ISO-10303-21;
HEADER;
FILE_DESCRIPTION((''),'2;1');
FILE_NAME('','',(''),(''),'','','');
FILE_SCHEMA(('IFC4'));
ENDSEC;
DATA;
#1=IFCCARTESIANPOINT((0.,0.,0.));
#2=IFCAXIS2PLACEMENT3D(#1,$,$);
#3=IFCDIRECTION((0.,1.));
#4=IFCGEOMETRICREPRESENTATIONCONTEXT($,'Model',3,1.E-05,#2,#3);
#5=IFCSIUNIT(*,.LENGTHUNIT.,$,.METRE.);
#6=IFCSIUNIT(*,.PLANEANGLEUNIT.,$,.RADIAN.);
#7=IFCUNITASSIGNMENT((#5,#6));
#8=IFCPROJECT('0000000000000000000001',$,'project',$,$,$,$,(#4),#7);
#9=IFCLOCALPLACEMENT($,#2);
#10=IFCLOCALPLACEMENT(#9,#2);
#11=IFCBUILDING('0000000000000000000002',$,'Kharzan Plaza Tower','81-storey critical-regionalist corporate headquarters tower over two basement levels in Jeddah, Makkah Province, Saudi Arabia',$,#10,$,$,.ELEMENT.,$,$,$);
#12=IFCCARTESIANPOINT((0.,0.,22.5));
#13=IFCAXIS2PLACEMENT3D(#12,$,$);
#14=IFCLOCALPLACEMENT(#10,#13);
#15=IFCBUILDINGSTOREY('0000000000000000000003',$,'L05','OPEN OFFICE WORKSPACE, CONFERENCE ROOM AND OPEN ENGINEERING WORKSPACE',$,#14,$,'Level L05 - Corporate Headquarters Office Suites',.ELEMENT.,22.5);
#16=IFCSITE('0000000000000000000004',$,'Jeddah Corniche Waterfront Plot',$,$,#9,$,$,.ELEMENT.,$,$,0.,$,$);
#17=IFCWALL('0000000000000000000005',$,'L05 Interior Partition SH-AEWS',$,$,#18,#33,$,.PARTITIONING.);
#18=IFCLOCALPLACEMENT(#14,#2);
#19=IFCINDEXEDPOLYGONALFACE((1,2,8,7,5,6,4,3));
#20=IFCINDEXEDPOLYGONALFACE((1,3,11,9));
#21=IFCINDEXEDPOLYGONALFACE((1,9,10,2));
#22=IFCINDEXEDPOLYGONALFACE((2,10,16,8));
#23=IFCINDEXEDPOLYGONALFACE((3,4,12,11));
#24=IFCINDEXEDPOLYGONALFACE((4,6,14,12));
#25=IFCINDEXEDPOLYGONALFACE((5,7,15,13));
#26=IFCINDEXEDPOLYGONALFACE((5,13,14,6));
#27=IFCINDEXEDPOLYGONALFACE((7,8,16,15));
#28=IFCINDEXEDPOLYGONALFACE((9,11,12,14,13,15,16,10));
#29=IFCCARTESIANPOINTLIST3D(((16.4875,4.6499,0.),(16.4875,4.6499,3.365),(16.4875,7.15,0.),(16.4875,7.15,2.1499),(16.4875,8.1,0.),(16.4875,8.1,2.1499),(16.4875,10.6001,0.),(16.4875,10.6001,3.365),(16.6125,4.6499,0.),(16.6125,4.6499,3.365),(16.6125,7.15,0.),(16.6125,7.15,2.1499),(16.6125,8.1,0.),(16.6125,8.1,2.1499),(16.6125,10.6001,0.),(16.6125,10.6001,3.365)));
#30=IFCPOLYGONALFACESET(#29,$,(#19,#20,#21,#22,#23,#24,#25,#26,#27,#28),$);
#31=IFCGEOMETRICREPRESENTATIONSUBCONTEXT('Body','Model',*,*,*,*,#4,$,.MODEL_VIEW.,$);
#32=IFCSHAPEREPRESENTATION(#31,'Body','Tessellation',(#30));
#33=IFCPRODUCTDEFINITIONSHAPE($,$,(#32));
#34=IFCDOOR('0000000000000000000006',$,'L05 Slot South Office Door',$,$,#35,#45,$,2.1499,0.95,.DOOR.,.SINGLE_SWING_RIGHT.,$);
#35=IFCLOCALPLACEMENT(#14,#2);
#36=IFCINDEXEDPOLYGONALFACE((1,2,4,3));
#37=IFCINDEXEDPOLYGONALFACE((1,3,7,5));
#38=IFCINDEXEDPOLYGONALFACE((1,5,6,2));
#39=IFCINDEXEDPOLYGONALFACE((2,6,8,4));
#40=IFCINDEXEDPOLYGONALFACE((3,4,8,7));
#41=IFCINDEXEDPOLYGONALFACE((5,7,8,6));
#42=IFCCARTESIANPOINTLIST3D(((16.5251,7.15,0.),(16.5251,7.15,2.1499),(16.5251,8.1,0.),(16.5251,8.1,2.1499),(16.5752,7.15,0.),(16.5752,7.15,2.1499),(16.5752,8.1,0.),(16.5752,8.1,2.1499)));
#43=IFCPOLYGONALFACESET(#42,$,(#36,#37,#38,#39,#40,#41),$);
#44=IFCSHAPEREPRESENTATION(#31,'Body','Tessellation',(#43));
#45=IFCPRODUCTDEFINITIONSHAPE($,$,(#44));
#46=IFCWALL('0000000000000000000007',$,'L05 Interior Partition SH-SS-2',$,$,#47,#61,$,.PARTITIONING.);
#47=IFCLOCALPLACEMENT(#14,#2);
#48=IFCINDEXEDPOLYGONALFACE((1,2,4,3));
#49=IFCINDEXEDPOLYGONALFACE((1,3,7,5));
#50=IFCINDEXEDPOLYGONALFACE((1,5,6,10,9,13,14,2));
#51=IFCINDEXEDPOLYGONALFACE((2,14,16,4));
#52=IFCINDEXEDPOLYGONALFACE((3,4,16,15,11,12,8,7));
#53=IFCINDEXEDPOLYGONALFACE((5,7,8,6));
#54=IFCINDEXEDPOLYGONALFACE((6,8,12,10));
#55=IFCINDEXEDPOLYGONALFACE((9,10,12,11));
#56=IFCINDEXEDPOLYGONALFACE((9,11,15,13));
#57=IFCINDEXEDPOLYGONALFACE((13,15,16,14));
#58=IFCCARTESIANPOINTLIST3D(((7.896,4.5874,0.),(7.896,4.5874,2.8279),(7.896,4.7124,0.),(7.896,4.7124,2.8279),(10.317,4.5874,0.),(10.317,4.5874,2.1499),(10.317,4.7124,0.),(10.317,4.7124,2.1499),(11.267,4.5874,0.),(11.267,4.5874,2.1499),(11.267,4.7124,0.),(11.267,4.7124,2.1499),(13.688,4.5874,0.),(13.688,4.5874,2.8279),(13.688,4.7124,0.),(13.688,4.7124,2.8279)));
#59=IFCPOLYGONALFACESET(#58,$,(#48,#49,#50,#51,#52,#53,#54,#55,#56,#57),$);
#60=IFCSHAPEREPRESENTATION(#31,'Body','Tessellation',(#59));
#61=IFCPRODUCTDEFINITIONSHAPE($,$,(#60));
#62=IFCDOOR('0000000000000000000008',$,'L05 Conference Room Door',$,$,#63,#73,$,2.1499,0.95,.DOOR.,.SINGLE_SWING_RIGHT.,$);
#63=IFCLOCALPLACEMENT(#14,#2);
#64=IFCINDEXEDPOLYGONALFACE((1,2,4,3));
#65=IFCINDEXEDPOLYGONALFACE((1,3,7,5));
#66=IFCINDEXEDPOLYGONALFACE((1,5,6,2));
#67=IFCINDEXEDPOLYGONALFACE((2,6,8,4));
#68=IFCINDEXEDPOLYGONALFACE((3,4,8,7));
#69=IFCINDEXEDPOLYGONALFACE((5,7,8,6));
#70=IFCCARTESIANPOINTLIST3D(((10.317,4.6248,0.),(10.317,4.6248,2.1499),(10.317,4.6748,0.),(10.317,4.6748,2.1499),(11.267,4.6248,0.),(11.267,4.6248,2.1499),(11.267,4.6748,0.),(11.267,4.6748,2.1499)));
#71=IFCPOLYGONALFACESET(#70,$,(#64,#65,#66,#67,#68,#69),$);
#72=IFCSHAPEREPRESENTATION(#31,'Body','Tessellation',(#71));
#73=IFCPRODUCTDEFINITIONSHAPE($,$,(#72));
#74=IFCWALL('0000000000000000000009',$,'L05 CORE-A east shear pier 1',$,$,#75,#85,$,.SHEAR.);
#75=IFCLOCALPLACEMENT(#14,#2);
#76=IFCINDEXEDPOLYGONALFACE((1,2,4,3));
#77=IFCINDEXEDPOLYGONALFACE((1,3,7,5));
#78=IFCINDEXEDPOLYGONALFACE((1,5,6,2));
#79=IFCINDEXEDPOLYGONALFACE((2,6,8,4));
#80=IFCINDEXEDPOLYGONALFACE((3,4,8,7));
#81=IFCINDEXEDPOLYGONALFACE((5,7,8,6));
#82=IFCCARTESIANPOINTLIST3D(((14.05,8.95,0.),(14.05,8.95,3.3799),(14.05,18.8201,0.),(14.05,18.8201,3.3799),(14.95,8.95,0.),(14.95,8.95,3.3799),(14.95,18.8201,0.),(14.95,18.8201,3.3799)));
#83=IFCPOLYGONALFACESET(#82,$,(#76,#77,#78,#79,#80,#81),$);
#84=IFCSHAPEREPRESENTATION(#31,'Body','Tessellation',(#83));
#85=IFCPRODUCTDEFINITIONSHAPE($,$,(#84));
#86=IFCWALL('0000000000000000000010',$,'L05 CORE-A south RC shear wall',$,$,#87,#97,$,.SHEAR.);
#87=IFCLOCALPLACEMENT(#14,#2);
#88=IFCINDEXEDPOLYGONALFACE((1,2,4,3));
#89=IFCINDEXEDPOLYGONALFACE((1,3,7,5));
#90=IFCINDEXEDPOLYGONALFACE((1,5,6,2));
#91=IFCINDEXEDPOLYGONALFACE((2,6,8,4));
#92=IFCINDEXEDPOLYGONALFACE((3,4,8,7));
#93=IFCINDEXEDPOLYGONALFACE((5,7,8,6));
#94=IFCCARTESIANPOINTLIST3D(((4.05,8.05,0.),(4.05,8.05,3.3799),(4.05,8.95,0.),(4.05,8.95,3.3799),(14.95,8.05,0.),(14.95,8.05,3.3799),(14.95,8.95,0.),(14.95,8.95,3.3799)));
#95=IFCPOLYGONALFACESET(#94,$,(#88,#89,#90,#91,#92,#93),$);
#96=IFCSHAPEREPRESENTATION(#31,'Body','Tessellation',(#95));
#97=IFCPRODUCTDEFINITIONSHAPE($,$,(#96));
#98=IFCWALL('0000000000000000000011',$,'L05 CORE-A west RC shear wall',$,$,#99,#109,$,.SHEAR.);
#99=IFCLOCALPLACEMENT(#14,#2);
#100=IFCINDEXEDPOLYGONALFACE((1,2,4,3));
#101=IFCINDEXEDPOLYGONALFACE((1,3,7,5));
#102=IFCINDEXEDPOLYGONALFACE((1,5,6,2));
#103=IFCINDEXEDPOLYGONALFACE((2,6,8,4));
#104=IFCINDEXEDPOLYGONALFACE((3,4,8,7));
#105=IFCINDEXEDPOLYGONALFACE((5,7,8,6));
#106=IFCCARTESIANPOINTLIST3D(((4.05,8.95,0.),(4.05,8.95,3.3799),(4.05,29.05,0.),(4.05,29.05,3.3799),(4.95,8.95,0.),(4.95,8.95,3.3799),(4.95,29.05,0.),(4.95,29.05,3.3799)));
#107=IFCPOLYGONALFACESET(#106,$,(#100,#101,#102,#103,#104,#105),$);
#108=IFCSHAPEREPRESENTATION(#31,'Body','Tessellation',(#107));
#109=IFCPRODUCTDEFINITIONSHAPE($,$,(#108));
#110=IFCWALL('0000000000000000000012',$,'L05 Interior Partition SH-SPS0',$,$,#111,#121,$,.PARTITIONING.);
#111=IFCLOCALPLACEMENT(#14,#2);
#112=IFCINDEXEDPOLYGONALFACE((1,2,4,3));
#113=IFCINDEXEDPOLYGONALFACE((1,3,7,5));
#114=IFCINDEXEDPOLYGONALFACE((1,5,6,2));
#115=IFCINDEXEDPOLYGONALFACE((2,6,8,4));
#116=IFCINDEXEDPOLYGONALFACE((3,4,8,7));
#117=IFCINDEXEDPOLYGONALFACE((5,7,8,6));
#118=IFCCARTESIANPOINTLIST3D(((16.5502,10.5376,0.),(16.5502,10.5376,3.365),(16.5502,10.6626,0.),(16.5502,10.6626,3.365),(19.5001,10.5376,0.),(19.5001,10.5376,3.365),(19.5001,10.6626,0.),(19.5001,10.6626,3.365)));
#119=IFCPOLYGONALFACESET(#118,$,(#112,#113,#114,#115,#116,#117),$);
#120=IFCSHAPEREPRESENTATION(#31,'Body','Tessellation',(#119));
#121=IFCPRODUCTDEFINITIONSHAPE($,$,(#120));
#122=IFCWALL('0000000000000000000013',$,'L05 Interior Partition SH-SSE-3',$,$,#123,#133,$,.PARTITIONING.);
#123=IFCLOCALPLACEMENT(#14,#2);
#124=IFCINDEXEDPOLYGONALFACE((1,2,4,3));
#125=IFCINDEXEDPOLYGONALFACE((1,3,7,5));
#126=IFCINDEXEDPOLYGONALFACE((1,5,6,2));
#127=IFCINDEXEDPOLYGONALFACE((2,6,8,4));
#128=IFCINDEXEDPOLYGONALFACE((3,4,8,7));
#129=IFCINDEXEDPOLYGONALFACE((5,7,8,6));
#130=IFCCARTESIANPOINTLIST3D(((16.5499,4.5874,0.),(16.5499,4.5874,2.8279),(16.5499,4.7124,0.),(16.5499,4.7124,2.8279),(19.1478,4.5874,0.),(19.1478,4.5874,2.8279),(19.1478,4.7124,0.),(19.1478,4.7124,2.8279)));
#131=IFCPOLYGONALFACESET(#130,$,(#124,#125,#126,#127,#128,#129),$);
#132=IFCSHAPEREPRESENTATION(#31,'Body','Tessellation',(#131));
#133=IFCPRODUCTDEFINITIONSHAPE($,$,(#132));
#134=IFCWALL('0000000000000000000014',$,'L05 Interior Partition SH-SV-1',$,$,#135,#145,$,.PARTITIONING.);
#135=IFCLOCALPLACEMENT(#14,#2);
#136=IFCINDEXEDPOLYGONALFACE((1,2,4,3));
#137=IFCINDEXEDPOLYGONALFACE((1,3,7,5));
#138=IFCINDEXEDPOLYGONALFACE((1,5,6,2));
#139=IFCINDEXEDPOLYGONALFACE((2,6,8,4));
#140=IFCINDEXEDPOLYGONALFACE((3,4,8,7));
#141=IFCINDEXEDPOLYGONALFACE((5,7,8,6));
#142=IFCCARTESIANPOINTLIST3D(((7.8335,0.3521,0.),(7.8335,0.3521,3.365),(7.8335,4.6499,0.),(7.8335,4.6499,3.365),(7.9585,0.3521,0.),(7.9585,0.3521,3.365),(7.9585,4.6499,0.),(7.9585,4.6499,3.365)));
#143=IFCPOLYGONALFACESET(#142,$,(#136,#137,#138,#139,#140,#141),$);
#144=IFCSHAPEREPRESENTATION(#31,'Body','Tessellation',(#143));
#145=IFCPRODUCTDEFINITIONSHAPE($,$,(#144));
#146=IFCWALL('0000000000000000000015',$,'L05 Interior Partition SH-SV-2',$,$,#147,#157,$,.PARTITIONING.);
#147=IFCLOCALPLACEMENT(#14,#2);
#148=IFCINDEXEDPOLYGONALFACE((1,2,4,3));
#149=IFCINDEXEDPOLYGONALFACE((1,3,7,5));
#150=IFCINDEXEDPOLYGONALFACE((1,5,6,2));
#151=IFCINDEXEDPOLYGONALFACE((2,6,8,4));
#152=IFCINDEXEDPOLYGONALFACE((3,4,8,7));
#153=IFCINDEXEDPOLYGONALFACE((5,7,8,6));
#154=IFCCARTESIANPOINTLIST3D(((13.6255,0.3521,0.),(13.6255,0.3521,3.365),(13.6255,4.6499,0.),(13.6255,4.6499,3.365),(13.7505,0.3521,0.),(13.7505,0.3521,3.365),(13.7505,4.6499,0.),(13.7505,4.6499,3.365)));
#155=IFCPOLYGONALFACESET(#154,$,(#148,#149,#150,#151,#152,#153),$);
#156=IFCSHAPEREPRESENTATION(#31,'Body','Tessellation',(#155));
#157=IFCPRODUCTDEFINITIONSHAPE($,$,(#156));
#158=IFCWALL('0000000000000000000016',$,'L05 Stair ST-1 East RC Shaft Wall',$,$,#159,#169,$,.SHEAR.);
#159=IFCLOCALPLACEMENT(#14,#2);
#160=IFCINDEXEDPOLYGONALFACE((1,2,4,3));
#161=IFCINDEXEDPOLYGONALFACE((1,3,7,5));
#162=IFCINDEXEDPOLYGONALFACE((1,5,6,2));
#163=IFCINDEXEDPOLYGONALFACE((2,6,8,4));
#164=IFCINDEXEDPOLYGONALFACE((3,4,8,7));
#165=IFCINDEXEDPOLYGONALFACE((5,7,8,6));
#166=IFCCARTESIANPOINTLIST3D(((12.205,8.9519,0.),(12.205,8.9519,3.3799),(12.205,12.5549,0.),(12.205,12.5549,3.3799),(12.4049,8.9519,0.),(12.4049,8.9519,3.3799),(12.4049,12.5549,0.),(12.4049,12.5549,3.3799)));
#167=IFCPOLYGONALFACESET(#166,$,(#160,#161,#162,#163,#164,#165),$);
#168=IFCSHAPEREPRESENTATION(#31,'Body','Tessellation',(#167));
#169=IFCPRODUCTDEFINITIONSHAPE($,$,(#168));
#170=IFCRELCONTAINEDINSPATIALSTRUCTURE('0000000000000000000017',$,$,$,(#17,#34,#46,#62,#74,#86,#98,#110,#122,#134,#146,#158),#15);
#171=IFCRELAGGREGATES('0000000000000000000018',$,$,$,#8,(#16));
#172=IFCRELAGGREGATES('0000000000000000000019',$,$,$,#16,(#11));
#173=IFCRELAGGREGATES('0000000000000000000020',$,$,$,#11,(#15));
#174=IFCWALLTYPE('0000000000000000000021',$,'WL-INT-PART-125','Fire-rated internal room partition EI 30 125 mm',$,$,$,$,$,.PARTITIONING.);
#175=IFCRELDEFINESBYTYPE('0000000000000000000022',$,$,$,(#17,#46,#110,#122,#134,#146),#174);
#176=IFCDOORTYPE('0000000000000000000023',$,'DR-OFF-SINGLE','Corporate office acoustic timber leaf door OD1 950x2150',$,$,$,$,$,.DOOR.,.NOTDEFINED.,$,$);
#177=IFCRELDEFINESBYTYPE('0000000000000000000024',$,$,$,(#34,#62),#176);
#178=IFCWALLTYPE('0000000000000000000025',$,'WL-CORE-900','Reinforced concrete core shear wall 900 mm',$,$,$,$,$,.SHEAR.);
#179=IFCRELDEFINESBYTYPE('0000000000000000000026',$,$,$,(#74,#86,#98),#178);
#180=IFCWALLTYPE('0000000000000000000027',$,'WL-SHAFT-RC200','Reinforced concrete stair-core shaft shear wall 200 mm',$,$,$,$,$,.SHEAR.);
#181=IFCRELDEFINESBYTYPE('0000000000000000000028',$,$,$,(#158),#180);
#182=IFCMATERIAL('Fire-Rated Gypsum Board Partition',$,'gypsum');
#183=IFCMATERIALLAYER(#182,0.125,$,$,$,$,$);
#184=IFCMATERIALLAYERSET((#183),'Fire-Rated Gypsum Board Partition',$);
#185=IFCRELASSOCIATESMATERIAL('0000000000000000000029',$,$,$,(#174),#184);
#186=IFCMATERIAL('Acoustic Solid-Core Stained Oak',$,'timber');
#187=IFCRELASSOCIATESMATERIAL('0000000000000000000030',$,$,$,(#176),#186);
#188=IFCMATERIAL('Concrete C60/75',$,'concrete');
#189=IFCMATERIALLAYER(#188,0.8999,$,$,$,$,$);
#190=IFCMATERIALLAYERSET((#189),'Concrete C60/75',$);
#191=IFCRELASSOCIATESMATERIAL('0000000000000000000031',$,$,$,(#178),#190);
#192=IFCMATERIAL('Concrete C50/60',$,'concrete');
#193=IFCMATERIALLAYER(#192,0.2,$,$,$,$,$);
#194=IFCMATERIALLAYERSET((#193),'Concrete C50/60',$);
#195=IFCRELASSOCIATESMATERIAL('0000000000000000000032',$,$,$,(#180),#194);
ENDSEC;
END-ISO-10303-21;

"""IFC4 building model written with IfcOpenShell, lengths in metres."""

from ifc_helpers import new_model, si_unit, direction, frame, frame_2d, origin, place, context, subcontext, project, spatial, rectangle, extrude, source, transform, mapped, material, layer, layer_set, type_object, element, fill, save


model = new_model("IFC4")

# Units and contexts
model_context = context("Model", 3, precision=1e-05, world=origin(), true_north=direction((0.0, 1.0)))
body_context = subcontext(model_context, "Body", "Model", "MODEL_VIEW")
ifc_project = project(units=[si_unit("LENGTHUNIT", "METRE"), si_unit("PLANEANGLEUNIT", "RADIAN")], contexts=[model_context])

# Site, building, storey
site_placement = place(None, origin())
site = spatial("IfcSite", under=ifc_project, at=site_placement, Name="Jeddah Corniche Waterfront Plot", CompositionType="ELEMENT", RefElevation=0.0)
building_placement = place(site_placement, origin())
building = spatial("IfcBuilding", under=site, at=building_placement, Name="Kharzan Plaza Tower", Description="81-storey critical-regionalist corporate headquarters tower over two basement levels in Jeddah, Makkah Province, Saudi Arabia", CompositionType="ELEMENT")
storey_placement = place(building_placement, frame((0.0, 0.0, 22.5)))
storey = spatial("IfcBuildingStorey", under=building, at=storey_placement, Name="L05", Description="OPEN OFFICE WORKSPACE, CONFERENCE ROOM AND OPEN ENGINEERING WORKSPACE", LongName="Level L05 - Corporate Headquarters Office Suites", CompositionType="ELEMENT", Elevation=22.5)

# Shared definitions
ifc_material_1 = material(Name="Concrete C60/75", Category="concrete")

# Walls, openings, doors
ifc_material_2 = material(Name="Fire-Rated Gypsum Board Partition", Category="gypsum")
ifc_layer_1 = layer(ifc_material_2, 0.125)
ifc_layer_set_1 = layer_set([ifc_layer_1], Name="Fire-Rated Gypsum Board Partition")
wall_type_1 = type_object("IfcWallType", Name="WL-INT-PART-125", Description="Fire-rated internal room partition EI 30 125 mm", PredefinedType="PARTITIONING", material=ifc_layer_set_1)
wall_1_placement = place(storey_placement, frame((16.55, 4.6499, 0.0), z_axis=(0.0, 0.0, 1.0), x_axis=(0.0, 1.0, 0.0)))
wall_1 = element("IfcWall", 1, at=wall_1_placement, inside=storey, type_object=wall_type_1, Name="L05 Interior Partition SH-AEWS", PredefinedType="PARTITIONING", context=body_context, shape_type="SweptSolid", body=[
    extrude(rectangle(XDim=5.9502, YDim=0.125, at=frame_2d((2.9751, 0.0))), origin(), (0.0, 0.0, 1.0), 3.365),
])
opening_1_placement = place(wall_1_placement, frame((2.5, 0.0, 0.0)))
opening_1 = element("IfcOpeningElement", 2, at=opening_1_placement, cuts=wall_1, PredefinedType="OPENING", context=body_context, shape_type="SweptSolid", body=[
    extrude(rectangle(XDim=0.95, YDim=2.1499, at=frame_2d((0.4751, 1.075))), frame((0.0, 0.0725, 0.0), z_axis=(0.0, -1.0, 0.0), x_axis=(1.0, 0.0, 0.0)), (0.0, 0.0, 1.0), 0.145),
])
ifc_material_3 = material(Name="Acoustic Solid-Core Stained Oak", Category="timber")
door_type = type_object("IfcDoorType", Name="DR-OFF-SINGLE", Description="Corporate office acoustic timber leaf door OD1 950x2150", OperationType="NOTDEFINED", PredefinedType="DOOR", material=ifc_material_3)
shared_shape_1 = source(origin(), body_context, "Body", "SweptSolid", [
    extrude(rectangle(XDim=0.95, YDim=2.1499, at=frame_2d((0.4751, 1.075))), frame((0.0, 0.0249, 0.0), z_axis=(0.0, -1.0, 0.0), x_axis=(1.0, 0.0, 0.0)), (0.0, 0.0, 1.0), 0.05),
])
door_1_placement = place(opening_1_placement, origin())
door_1 = element("IfcDoor", 3, at=door_1_placement, inside=storey, type_object=door_type, Name="L05 Slot South Office Door", OperationType="SINGLE_SWING_RIGHT", OverallHeight=2.1499, OverallWidth=0.95, PredefinedType="DOOR", context=body_context, shape_type="MappedRepresentation", body=[
    mapped(shared_shape_1, transform((0.0, 0.0, 0.0), x_axis=(1.0, 0.0, 0.0), y_axis=(0.0, 1.0, 0.0), z_axis=(0.0, 0.0, 1.0))),
])
fill(opening_1, door_1)
wall_2_placement = place(storey_placement, frame((7.896, 4.6499, 0.0), z_axis=(0.0, 0.0, 1.0), x_axis=(1.0, 0.0, 0.0)))
wall_2 = element("IfcWall", 4, at=wall_2_placement, inside=storey, type_object=wall_type_1, Name="L05 Interior Partition SH-SS-2", PredefinedType="PARTITIONING", context=body_context, shape_type="SweptSolid", body=[
    extrude(rectangle(XDim=5.792, YDim=0.125, at=frame_2d((2.896, 0.0))), origin(), (0.0, 0.0, 1.0), 2.8279),
])
opening_2_placement = place(wall_2_placement, frame((2.4209, 0.0, 0.0)))
opening_2 = element("IfcOpeningElement", 5, at=opening_2_placement, cuts=wall_2, PredefinedType="OPENING", context=body_context, shape_type="SweptSolid", body=[
    extrude(rectangle(XDim=0.95, YDim=2.1499, at=frame_2d((0.4751, 1.075))), frame((0.0, 0.0725, 0.0), z_axis=(0.0, -1.0, 0.0), x_axis=(1.0, 0.0, 0.0)), (0.0, 0.0, 1.0), 0.145),
])
door_2_placement = place(opening_2_placement, origin())
door_2 = element("IfcDoor", 6, at=door_2_placement, inside=storey, type_object=door_type, Name="L05 Conference Room Door", OperationType="SINGLE_SWING_RIGHT", OverallHeight=2.1499, OverallWidth=0.95, PredefinedType="DOOR", context=body_context, shape_type="MappedRepresentation", body=[
    mapped(shared_shape_1, transform((0.0, 0.0, 0.0), x_axis=(1.0, 0.0, 0.0), y_axis=(0.0, 1.0, 0.0), z_axis=(0.0, 0.0, 1.0))),
])
fill(opening_2, door_2)

# Walls
ifc_layer_2 = layer(ifc_material_1, 0.8999)
ifc_layer_set_2 = layer_set([ifc_layer_2], Name="Concrete C60/75")
wall_type_2 = type_object("IfcWallType", Name="WL-CORE-900", Description="Reinforced concrete core shear wall 900 mm", PredefinedType="SHEAR", material=ifc_layer_set_2)
shared_shape_2 = source(origin(), body_context, "Body", "SweptSolid", [
    extrude(rectangle(XDim=9.8701, YDim=0.8999, at=frame_2d((4.9351, 0.0))), origin(), (0.0, 0.0, 1.0), 3.3799),
])
wall_3_placement = place(storey_placement, frame((14.5, 8.95, 0.0), z_axis=(0.0, 0.0, 1.0), x_axis=(0.0, 1.0, 0.0)))
element("IfcWall", 7, at=wall_3_placement, inside=storey, type_object=wall_type_2, Name="L05 CORE-A east shear pier 1", PredefinedType="SHEAR", context=body_context, shape_type="MappedRepresentation", body=[
    mapped(shared_shape_2, transform((0.0, 0.0, 0.0), x_axis=(1.0, 0.0, 0.0), y_axis=(0.0, 1.0, 0.0), z_axis=(0.0, 0.0, 1.0))),
])
shared_shape_3 = source(origin(), body_context, "Body", "SweptSolid", [
    extrude(rectangle(XDim=10.8999, YDim=0.8999, at=frame_2d((5.45, 0.0))), origin(), (0.0, 0.0, 1.0), 3.3799),
])
wall_4_placement = place(storey_placement, frame((4.05, 8.5, 0.0), z_axis=(0.0, 0.0, 1.0), x_axis=(1.0, 0.0, 0.0)))
element("IfcWall", 8, at=wall_4_placement, inside=storey, type_object=wall_type_2, Name="L05 CORE-A south RC shear wall", PredefinedType="SHEAR", context=body_context, shape_type="MappedRepresentation", body=[
    mapped(shared_shape_3, transform((0.0, 0.0, 0.0), x_axis=(1.0, 0.0, 0.0), y_axis=(0.0, 1.0, 0.0), z_axis=(0.0, 0.0, 1.0))),
])
shared_shape_4 = source(origin(), body_context, "Body", "SweptSolid", [
    extrude(rectangle(XDim=20.1001, YDim=0.8999, at=frame_2d((10.05, 0.0))), origin(), (0.0, 0.0, 1.0), 3.3799),
])
wall_5_placement = place(storey_placement, frame((4.5, 8.95, 0.0), z_axis=(0.0, 0.0, 1.0), x_axis=(0.0, 1.0, 0.0)))
element("IfcWall", 9, at=wall_5_placement, inside=storey, type_object=wall_type_2, Name="L05 CORE-A west RC shear wall", PredefinedType="SHEAR", context=body_context, shape_type="MappedRepresentation", body=[
    mapped(shared_shape_4, transform((0.0, 0.0, 0.0), x_axis=(1.0, 0.0, 0.0), y_axis=(0.0, 1.0, 0.0), z_axis=(0.0, 0.0, 1.0))),
])
shared_shape_5 = source(origin(), body_context, "Body", "SweptSolid", [
    extrude(rectangle(XDim=2.95, YDim=0.125, at=frame_2d((1.4751, 0.0))), origin(), (0.0, 0.0, 1.0), 3.365),
])
wall_6_placement = place(storey_placement, frame((16.55, 10.6001, 0.0), z_axis=(0.0, 0.0, 1.0), x_axis=(1.0, 0.0, 0.0)))
element("IfcWall", 10, at=wall_6_placement, inside=storey, type_object=wall_type_1, Name="L05 Interior Partition SH-SPS0", PredefinedType="PARTITIONING", context=body_context, shape_type="MappedRepresentation", body=[
    mapped(shared_shape_5, transform((0.0, 0.0, 0.0), x_axis=(1.0, 0.0, 0.0), y_axis=(0.0, 1.0, 0.0), z_axis=(0.0, 0.0, 1.0))),
])
shared_shape_6 = source(origin(), body_context, "Body", "SweptSolid", [
    extrude(rectangle(XDim=2.5979, YDim=0.125, at=frame_2d((1.2988, 0.0))), origin(), (0.0, 0.0, 1.0), 2.8279),
])
wall_7_placement = place(storey_placement, frame((16.55, 4.6499, 0.0), z_axis=(0.0, 0.0, 1.0), x_axis=(1.0, 0.0, 0.0)))
element("IfcWall", 11, at=wall_7_placement, inside=storey, type_object=wall_type_1, Name="L05 Interior Partition SH-SSE-3", PredefinedType="PARTITIONING", context=body_context, shape_type="MappedRepresentation", body=[
    mapped(shared_shape_6, transform((0.0, 0.0, 0.0), x_axis=(1.0, 0.0, 0.0), y_axis=(0.0, 1.0, 0.0), z_axis=(0.0, 0.0, 1.0))),
])
shared_shape_7 = source(origin(), body_context, "Body", "SweptSolid", [
    extrude(rectangle(XDim=4.2979, YDim=0.125, at=frame_2d((2.1489, 0.0))), origin(), (0.0, 0.0, 1.0), 3.365),
])
for number, where, z_axis, x_axis, name in (
    (12, (7.896, 0.3521, 0.0), (0.0, 0.0, 1.0), (0.0, 1.0, 0.0), "L05 Interior Partition SH-SV-1"),
    (13, (13.688, 0.3521, 0.0), (0.0, 0.0, 1.0), (0.0, 1.0, 0.0), "L05 Interior Partition SH-SV-2"),
):
    element("IfcWall", number, at=place(storey_placement, frame(where, z_axis=z_axis, x_axis=x_axis)), inside=storey, type_object=wall_type_1, Name=name, PredefinedType="PARTITIONING", context=body_context, shape_type="MappedRepresentation", body=[
        mapped(shared_shape_7, transform((0.0, 0.0, 0.0), x_axis=(1.0, 0.0, 0.0), y_axis=(0.0, 1.0, 0.0), z_axis=(0.0, 0.0, 1.0))),
    ])
ifc_material_4 = material(Name="Concrete C50/60", Category="concrete")
ifc_layer_3 = layer(ifc_material_4, 0.2)
ifc_layer_set_3 = layer_set([ifc_layer_3], Name="Concrete C50/60")
wall_type_3 = type_object("IfcWallType", Name="WL-SHAFT-RC200", Description="Reinforced concrete stair-core shaft shear wall 200 mm", PredefinedType="SHEAR", material=ifc_layer_set_3)
shared_shape_8 = source(origin(), body_context, "Body", "SweptSolid", [
    extrude(rectangle(XDim=3.603, YDim=0.2, at=frame_2d((1.8015, 0.0))), origin(), (0.0, 0.0, 1.0), 3.3799),
])
wall_8_placement = place(storey_placement, frame((12.3049, 8.9519, 0.0), z_axis=(0.0, 0.0, 1.0), x_axis=(0.0, 1.0, 0.0)))
element("IfcWall", 14, at=wall_8_placement, inside=storey, type_object=wall_type_3, Name="L05 Stair ST-1 East RC Shaft Wall", PredefinedType="SHEAR", context=body_context, shape_type="MappedRepresentation", body=[
    mapped(shared_shape_8, transform((0.0, 0.0, 0.0), x_axis=(1.0, 0.0, 0.0), y_axis=(0.0, 1.0, 0.0), z_axis=(0.0, 0.0, 1.0))),
])

save(model, "model.ifc")
